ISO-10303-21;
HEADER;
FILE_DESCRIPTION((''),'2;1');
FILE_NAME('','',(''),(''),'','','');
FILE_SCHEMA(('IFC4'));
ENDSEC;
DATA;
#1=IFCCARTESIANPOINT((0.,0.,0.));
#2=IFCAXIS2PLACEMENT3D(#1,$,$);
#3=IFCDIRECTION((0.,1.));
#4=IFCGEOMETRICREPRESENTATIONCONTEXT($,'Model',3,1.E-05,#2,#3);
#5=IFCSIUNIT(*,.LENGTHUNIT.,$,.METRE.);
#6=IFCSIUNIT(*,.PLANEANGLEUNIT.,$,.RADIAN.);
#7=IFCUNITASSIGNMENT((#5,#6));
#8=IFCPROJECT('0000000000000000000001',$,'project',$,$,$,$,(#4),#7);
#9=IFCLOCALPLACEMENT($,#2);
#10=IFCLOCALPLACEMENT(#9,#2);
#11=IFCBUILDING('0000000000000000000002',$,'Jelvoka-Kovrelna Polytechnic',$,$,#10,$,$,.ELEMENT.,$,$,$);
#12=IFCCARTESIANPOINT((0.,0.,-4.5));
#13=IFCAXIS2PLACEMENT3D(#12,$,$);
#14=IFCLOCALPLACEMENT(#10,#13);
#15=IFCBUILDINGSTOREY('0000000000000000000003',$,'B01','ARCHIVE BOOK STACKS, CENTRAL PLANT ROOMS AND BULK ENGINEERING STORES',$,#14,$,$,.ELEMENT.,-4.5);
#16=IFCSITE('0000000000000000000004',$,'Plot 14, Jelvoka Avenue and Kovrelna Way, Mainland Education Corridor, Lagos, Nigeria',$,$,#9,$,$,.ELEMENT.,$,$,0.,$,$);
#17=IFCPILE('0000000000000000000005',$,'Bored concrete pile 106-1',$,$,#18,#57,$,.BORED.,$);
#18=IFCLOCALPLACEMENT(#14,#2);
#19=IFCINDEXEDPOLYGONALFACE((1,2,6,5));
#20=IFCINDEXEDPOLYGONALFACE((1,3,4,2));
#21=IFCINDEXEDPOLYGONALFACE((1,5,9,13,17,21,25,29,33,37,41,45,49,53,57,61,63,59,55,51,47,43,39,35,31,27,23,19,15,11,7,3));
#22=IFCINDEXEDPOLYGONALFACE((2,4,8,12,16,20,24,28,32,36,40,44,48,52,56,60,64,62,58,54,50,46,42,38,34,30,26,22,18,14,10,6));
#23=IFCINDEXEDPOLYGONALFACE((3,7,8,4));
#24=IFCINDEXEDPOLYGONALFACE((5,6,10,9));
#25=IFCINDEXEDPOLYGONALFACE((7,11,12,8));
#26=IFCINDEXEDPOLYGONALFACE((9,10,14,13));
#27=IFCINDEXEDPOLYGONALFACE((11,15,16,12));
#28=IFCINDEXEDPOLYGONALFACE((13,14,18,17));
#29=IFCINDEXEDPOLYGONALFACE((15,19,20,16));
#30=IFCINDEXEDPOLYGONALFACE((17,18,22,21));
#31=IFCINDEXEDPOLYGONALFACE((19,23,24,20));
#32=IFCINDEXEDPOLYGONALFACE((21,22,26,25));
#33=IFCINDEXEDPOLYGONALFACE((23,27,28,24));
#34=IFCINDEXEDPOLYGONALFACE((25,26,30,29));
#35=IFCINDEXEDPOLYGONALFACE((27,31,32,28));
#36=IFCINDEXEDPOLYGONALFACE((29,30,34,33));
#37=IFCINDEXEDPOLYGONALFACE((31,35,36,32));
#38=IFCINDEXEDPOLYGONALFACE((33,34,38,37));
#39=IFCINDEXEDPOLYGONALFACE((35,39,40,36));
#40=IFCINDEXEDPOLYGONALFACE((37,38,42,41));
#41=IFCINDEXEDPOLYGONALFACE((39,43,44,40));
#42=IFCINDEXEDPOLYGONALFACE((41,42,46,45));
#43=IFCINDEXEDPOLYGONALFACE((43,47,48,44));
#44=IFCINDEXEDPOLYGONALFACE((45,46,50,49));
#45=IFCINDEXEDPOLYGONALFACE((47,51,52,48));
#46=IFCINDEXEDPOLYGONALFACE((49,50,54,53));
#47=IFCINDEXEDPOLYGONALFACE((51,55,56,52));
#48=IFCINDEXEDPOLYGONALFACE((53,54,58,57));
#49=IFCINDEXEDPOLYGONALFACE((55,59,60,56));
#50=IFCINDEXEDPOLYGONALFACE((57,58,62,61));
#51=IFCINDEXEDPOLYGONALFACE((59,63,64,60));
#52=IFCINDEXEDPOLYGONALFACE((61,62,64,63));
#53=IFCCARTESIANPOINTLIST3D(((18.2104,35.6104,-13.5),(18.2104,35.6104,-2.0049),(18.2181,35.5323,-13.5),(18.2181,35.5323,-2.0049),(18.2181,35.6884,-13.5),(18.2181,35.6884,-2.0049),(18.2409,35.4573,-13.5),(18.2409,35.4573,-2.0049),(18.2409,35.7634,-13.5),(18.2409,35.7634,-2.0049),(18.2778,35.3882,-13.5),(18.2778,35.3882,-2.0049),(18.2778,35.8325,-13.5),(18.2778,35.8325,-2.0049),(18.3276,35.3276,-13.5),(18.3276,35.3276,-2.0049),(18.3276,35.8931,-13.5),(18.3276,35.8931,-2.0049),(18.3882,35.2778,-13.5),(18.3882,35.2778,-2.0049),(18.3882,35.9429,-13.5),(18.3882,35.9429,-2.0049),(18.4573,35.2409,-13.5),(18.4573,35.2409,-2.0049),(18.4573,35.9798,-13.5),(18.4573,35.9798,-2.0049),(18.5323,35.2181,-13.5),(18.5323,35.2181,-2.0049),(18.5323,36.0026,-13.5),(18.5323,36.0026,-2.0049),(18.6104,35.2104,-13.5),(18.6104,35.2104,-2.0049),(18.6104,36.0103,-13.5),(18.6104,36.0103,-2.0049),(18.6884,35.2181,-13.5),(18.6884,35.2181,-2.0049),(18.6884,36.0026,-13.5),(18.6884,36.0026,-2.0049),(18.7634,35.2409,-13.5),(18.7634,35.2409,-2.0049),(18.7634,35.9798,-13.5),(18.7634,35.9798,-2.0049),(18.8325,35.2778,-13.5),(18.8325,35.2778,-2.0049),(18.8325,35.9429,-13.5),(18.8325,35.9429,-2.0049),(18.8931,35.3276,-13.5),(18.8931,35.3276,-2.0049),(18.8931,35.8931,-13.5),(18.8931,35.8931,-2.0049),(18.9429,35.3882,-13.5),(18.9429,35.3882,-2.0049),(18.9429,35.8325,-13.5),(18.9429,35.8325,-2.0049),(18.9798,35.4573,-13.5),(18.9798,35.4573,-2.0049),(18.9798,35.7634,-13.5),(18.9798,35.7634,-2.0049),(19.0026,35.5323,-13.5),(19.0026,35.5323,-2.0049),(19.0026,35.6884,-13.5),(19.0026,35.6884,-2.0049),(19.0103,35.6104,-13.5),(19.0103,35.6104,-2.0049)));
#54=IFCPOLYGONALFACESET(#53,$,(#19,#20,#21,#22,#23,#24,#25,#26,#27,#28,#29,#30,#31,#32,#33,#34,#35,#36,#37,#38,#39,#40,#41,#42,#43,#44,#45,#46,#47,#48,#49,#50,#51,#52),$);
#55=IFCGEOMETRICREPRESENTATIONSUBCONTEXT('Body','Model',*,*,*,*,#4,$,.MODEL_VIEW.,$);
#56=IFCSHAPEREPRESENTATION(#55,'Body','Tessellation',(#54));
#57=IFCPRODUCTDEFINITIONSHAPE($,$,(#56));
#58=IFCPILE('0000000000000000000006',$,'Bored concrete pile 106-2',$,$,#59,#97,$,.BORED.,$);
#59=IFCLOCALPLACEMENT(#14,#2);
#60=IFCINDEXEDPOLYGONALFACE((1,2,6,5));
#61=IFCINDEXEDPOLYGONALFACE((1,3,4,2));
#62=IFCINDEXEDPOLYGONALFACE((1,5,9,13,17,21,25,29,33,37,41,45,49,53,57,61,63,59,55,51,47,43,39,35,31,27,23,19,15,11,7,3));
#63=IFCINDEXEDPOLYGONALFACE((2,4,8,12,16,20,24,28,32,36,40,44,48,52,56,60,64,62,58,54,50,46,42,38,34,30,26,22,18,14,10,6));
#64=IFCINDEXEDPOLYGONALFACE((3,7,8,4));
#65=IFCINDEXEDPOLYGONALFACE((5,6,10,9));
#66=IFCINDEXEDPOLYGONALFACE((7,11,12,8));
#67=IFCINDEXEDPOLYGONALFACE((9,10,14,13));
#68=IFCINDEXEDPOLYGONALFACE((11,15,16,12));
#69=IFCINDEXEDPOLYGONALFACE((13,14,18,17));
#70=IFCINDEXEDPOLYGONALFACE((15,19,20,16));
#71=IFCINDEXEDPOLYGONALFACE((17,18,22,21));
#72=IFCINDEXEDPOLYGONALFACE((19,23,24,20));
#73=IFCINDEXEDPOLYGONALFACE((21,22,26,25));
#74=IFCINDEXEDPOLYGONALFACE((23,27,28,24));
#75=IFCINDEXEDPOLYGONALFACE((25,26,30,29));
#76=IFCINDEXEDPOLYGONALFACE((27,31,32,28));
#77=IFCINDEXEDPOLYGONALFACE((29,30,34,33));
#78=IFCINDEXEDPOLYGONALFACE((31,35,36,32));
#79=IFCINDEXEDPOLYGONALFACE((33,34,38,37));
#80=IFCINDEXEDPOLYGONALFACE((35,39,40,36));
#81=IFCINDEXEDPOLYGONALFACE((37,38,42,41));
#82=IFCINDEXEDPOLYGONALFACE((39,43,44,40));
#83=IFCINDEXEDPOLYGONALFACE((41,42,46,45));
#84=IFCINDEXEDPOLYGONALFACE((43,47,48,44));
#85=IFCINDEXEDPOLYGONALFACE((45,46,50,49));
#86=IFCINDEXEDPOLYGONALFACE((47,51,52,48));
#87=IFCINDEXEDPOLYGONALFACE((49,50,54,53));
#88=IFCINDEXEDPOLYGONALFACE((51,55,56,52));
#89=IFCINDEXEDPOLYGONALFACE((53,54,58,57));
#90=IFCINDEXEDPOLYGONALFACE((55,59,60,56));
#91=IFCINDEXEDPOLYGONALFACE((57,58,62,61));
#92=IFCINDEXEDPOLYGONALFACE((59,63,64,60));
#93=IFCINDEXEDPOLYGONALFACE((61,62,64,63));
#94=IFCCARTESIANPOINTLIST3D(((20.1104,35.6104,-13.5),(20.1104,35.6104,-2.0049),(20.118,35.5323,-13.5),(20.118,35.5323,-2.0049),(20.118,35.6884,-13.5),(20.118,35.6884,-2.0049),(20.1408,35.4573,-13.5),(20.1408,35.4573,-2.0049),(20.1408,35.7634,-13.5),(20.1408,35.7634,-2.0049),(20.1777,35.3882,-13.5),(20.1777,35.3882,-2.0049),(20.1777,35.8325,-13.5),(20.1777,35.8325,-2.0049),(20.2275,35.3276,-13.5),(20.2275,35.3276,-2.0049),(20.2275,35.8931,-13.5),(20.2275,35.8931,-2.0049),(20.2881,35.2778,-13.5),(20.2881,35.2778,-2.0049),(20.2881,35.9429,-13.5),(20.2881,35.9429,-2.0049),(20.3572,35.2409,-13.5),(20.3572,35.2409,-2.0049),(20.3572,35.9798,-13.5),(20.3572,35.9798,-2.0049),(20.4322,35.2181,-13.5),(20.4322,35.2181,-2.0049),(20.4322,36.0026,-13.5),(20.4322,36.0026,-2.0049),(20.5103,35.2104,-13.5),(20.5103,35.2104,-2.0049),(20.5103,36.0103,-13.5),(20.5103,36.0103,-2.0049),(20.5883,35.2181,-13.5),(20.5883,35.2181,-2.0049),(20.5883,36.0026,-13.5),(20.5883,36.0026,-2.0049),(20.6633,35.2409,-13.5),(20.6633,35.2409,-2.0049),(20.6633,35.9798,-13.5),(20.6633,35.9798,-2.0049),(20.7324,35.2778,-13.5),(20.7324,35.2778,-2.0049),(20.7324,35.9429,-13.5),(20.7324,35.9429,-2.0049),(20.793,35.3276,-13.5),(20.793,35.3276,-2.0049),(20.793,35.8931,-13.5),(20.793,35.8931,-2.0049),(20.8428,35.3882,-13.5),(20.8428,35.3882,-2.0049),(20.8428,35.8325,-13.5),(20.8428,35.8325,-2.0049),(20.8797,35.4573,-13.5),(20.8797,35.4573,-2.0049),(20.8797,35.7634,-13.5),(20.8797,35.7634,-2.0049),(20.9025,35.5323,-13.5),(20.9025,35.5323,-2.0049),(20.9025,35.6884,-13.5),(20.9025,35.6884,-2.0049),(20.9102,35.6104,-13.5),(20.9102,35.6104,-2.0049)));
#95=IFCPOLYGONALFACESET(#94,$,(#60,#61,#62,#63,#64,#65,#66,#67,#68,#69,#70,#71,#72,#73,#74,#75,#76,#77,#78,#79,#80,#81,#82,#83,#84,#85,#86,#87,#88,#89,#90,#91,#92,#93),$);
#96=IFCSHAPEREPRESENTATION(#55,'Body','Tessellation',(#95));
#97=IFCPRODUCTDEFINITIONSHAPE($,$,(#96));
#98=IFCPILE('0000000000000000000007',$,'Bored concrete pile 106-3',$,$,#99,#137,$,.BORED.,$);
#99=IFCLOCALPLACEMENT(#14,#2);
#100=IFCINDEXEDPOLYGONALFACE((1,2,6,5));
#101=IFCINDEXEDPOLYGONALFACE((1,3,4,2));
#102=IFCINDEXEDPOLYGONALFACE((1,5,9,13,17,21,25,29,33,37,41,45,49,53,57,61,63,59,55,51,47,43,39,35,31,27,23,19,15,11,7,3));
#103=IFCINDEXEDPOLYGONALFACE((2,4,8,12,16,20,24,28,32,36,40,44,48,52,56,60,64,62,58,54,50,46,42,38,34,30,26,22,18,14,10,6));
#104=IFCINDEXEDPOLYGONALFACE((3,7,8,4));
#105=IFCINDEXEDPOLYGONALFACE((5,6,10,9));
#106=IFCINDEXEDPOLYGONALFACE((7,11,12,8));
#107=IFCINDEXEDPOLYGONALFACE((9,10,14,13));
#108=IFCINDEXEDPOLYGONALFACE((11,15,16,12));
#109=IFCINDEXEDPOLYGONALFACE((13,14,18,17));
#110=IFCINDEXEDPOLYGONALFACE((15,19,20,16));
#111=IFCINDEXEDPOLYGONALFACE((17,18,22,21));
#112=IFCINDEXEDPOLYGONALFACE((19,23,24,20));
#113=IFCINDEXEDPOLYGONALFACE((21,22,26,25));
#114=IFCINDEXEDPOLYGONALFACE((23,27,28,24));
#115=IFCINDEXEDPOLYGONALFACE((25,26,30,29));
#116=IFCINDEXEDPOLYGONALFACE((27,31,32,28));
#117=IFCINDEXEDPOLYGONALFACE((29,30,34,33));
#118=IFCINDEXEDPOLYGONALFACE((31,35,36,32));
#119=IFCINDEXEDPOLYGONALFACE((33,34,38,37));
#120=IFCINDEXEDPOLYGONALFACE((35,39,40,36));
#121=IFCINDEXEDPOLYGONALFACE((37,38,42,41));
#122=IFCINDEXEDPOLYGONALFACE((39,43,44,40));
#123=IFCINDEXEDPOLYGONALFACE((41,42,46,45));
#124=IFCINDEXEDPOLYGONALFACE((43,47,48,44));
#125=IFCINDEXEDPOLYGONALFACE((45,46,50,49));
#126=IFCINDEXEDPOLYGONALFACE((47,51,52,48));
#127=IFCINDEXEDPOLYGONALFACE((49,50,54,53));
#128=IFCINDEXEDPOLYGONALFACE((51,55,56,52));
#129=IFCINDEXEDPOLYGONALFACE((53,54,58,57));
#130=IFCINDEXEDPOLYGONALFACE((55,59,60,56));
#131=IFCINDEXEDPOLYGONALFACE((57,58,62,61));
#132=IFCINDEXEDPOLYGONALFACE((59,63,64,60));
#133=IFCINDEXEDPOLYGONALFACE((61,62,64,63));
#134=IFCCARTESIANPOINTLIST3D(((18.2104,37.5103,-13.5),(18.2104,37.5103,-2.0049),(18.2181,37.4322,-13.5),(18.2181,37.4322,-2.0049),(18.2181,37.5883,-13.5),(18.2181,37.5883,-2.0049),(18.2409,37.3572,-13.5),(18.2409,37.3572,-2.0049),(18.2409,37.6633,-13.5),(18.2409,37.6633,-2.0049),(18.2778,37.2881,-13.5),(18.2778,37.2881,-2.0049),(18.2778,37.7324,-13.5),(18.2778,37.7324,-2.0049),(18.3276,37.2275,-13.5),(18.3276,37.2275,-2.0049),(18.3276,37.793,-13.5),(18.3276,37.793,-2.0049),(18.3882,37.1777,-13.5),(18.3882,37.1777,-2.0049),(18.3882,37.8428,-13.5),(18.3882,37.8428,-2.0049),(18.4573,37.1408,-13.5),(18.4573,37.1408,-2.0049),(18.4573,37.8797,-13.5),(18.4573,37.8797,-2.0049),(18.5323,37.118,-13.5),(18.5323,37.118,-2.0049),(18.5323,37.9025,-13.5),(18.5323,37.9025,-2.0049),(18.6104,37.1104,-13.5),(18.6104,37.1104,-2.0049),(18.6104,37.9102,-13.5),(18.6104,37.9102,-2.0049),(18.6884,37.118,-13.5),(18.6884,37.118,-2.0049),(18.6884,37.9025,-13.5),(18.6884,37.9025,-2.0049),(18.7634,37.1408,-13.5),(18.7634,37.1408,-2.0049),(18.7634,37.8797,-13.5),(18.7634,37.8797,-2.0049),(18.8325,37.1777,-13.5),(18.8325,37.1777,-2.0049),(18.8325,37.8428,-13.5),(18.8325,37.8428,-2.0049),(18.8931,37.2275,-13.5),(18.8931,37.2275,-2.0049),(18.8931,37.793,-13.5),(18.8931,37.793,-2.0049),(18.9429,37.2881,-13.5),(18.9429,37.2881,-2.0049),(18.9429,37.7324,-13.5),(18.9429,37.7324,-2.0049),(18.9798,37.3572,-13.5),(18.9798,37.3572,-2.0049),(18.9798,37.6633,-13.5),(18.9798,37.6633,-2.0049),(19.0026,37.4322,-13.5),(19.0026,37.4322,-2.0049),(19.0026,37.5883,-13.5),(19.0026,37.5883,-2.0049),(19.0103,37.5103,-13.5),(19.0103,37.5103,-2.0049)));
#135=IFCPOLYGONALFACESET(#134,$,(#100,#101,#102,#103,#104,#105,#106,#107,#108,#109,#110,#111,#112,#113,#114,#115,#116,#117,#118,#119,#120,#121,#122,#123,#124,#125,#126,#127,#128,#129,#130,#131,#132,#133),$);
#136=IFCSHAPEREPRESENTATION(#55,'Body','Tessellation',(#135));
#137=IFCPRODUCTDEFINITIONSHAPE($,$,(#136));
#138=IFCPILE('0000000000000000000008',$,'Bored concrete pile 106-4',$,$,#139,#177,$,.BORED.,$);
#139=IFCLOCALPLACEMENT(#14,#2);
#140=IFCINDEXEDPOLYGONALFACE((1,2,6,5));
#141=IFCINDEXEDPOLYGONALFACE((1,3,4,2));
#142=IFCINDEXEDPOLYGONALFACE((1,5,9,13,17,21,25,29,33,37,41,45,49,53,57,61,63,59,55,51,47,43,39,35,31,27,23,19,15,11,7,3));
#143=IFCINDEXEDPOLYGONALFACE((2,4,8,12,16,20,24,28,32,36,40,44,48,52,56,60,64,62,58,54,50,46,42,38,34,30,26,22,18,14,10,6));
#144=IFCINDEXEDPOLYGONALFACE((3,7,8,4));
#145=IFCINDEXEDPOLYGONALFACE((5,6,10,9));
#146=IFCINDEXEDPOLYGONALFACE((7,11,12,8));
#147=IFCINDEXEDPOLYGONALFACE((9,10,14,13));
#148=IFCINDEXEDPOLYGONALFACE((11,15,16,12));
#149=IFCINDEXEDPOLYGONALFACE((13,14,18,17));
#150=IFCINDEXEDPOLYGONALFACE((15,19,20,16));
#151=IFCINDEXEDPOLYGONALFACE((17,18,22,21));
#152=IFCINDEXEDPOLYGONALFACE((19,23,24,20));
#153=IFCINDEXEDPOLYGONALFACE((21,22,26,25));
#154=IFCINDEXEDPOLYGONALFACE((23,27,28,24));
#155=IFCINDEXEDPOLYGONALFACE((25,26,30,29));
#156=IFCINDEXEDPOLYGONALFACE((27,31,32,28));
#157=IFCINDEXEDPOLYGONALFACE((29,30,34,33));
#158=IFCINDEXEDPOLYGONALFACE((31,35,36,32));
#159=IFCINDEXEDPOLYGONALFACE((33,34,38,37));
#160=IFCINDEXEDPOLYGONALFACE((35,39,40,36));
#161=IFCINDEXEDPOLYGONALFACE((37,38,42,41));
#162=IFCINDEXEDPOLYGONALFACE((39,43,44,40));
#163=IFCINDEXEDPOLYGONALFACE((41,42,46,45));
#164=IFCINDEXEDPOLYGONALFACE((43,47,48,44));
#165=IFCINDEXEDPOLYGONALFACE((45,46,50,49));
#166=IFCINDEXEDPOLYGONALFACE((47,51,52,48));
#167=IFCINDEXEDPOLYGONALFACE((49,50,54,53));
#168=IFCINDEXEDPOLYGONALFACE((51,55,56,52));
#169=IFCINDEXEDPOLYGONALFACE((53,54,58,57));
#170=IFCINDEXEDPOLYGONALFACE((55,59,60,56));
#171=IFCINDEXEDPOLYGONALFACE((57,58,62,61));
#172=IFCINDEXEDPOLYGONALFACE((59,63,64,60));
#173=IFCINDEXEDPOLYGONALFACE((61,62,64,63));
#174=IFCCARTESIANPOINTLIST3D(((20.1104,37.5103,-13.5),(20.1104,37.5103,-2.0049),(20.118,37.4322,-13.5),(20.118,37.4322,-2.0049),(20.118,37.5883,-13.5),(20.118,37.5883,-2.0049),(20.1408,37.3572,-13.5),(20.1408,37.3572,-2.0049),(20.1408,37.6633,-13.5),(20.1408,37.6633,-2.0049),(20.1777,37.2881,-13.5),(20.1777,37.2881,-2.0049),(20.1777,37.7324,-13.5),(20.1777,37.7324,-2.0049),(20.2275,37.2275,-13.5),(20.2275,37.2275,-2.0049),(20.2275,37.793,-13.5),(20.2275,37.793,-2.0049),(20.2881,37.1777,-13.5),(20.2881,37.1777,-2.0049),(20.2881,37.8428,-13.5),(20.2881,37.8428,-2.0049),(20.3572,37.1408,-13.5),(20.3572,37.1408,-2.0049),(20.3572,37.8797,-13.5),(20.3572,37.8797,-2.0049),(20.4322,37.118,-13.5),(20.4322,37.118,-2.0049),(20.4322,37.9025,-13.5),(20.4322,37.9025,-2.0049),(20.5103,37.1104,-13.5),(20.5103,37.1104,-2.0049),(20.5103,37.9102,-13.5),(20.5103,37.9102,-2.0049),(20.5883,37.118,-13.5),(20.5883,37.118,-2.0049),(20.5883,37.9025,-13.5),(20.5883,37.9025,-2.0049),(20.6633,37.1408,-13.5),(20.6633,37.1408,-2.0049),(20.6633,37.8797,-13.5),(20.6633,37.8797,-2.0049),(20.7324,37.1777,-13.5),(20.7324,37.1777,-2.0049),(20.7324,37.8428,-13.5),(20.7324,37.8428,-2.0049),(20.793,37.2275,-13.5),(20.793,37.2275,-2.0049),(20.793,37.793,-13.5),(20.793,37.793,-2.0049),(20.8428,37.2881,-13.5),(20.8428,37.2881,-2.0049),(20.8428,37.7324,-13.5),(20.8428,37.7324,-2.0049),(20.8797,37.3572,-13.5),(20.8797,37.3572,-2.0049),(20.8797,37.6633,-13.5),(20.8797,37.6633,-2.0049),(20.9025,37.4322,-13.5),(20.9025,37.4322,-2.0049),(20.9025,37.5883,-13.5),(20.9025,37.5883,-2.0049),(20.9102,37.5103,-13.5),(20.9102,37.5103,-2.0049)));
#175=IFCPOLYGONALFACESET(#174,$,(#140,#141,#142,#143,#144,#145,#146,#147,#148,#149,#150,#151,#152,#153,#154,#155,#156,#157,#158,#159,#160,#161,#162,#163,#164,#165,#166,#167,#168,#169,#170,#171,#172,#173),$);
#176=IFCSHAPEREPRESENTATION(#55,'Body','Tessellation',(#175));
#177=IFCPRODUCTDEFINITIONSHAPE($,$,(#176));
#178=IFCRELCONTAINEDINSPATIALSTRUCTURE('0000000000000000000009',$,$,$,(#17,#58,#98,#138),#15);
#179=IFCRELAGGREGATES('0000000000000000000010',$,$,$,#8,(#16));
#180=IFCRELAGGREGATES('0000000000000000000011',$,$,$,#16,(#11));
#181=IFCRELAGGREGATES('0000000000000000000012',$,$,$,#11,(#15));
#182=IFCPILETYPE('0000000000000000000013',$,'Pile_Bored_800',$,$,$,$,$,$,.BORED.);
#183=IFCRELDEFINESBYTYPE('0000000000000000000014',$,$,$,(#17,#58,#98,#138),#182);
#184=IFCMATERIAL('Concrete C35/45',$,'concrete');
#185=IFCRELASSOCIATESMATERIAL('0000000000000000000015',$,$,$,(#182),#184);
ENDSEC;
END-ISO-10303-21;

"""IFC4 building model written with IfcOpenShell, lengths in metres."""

from ifc_helpers import new_model, si_unit, direction, frame, origin, origin_2d, place, context, subcontext, project, spatial, circle, extrude, material, material_profile, profile_set, type_object, element, save


model = new_model("IFC4")

# Units and contexts
model_context = context("Model", 3, precision=1e-05, world=origin(), true_north=direction((0.0, 1.0)))
body_context = subcontext(model_context, "Body", "Model", "MODEL_VIEW")
ifc_project = project(units=[si_unit("LENGTHUNIT", "METRE"), si_unit("PLANEANGLEUNIT", "RADIAN")], contexts=[model_context])

# Site, building, storey
site_placement = place(None, origin())
site = spatial("IfcSite", under=ifc_project, at=site_placement, Name="Plot 14, Jelvoka Avenue and Kovrelna Way, Mainland Education Corridor, Lagos, Nigeria", CompositionType="ELEMENT", RefElevation=0.0)
building_placement = place(site_placement, origin())
building = spatial("IfcBuilding", under=site, at=building_placement, Name="Jelvoka-Kovrelna Polytechnic", CompositionType="ELEMENT")
storey_placement = place(building_placement, frame((0.0, 0.0, -4.5)))
storey = spatial("IfcBuildingStorey", under=building, at=storey_placement, Name="B01", Description="ARCHIVE BOOK STACKS, CENTRAL PLANT ROOMS AND BULK ENGINEERING STORES", CompositionType="ELEMENT", Elevation=-4.5)

# Piles
ifc_material_1 = material(Name="Concrete C35/45", Category="concrete")
ifc_material_profile_1 = material_profile(ifc_material_1, circle(Radius=0.3999, at=origin_2d()), Name="PILE D800")
ifc_profile_set_1 = profile_set([ifc_material_profile_1], Name="Concrete C35/45")
pile_type = type_object("IfcPileType", Name="Pile_Bored_800", PredefinedType="BORED", material=ifc_profile_set_1)
for number, where, z_axis, x_axis, name in (
    (1, (18.6104, 35.6104, -2.0049), (0.0, 0.0, -1.0), (1.0, 0.0, 0.0), "Bored concrete pile 106-1"),
    (2, (20.5103, 35.6104, -2.0049), (0.0, 0.0, -1.0), (1.0, 0.0, 0.0), "Bored concrete pile 106-2"),
    (3, (18.6104, 37.5103, -2.0049), (0.0, 0.0, -1.0), (1.0, 0.0, 0.0), "Bored concrete pile 106-3"),
    (4, (20.5103, 37.5103, -2.0049), (0.0, 0.0, -1.0), (1.0, 0.0, 0.0), "Bored concrete pile 106-4"),
):
    element("IfcPile", number, at=place(storey_placement, frame(where, z_axis=z_axis, x_axis=x_axis)), inside=storey, type_object=pile_type, Name=name, PredefinedType="BORED", context=body_context, shape_type="SweptSolid", body=[
        extrude(circle(Radius=0.3999, at=origin_2d()), origin(), (0.0, 0.0, 1.0), 11.4951),
    ])

save(model, "model.ifc")
